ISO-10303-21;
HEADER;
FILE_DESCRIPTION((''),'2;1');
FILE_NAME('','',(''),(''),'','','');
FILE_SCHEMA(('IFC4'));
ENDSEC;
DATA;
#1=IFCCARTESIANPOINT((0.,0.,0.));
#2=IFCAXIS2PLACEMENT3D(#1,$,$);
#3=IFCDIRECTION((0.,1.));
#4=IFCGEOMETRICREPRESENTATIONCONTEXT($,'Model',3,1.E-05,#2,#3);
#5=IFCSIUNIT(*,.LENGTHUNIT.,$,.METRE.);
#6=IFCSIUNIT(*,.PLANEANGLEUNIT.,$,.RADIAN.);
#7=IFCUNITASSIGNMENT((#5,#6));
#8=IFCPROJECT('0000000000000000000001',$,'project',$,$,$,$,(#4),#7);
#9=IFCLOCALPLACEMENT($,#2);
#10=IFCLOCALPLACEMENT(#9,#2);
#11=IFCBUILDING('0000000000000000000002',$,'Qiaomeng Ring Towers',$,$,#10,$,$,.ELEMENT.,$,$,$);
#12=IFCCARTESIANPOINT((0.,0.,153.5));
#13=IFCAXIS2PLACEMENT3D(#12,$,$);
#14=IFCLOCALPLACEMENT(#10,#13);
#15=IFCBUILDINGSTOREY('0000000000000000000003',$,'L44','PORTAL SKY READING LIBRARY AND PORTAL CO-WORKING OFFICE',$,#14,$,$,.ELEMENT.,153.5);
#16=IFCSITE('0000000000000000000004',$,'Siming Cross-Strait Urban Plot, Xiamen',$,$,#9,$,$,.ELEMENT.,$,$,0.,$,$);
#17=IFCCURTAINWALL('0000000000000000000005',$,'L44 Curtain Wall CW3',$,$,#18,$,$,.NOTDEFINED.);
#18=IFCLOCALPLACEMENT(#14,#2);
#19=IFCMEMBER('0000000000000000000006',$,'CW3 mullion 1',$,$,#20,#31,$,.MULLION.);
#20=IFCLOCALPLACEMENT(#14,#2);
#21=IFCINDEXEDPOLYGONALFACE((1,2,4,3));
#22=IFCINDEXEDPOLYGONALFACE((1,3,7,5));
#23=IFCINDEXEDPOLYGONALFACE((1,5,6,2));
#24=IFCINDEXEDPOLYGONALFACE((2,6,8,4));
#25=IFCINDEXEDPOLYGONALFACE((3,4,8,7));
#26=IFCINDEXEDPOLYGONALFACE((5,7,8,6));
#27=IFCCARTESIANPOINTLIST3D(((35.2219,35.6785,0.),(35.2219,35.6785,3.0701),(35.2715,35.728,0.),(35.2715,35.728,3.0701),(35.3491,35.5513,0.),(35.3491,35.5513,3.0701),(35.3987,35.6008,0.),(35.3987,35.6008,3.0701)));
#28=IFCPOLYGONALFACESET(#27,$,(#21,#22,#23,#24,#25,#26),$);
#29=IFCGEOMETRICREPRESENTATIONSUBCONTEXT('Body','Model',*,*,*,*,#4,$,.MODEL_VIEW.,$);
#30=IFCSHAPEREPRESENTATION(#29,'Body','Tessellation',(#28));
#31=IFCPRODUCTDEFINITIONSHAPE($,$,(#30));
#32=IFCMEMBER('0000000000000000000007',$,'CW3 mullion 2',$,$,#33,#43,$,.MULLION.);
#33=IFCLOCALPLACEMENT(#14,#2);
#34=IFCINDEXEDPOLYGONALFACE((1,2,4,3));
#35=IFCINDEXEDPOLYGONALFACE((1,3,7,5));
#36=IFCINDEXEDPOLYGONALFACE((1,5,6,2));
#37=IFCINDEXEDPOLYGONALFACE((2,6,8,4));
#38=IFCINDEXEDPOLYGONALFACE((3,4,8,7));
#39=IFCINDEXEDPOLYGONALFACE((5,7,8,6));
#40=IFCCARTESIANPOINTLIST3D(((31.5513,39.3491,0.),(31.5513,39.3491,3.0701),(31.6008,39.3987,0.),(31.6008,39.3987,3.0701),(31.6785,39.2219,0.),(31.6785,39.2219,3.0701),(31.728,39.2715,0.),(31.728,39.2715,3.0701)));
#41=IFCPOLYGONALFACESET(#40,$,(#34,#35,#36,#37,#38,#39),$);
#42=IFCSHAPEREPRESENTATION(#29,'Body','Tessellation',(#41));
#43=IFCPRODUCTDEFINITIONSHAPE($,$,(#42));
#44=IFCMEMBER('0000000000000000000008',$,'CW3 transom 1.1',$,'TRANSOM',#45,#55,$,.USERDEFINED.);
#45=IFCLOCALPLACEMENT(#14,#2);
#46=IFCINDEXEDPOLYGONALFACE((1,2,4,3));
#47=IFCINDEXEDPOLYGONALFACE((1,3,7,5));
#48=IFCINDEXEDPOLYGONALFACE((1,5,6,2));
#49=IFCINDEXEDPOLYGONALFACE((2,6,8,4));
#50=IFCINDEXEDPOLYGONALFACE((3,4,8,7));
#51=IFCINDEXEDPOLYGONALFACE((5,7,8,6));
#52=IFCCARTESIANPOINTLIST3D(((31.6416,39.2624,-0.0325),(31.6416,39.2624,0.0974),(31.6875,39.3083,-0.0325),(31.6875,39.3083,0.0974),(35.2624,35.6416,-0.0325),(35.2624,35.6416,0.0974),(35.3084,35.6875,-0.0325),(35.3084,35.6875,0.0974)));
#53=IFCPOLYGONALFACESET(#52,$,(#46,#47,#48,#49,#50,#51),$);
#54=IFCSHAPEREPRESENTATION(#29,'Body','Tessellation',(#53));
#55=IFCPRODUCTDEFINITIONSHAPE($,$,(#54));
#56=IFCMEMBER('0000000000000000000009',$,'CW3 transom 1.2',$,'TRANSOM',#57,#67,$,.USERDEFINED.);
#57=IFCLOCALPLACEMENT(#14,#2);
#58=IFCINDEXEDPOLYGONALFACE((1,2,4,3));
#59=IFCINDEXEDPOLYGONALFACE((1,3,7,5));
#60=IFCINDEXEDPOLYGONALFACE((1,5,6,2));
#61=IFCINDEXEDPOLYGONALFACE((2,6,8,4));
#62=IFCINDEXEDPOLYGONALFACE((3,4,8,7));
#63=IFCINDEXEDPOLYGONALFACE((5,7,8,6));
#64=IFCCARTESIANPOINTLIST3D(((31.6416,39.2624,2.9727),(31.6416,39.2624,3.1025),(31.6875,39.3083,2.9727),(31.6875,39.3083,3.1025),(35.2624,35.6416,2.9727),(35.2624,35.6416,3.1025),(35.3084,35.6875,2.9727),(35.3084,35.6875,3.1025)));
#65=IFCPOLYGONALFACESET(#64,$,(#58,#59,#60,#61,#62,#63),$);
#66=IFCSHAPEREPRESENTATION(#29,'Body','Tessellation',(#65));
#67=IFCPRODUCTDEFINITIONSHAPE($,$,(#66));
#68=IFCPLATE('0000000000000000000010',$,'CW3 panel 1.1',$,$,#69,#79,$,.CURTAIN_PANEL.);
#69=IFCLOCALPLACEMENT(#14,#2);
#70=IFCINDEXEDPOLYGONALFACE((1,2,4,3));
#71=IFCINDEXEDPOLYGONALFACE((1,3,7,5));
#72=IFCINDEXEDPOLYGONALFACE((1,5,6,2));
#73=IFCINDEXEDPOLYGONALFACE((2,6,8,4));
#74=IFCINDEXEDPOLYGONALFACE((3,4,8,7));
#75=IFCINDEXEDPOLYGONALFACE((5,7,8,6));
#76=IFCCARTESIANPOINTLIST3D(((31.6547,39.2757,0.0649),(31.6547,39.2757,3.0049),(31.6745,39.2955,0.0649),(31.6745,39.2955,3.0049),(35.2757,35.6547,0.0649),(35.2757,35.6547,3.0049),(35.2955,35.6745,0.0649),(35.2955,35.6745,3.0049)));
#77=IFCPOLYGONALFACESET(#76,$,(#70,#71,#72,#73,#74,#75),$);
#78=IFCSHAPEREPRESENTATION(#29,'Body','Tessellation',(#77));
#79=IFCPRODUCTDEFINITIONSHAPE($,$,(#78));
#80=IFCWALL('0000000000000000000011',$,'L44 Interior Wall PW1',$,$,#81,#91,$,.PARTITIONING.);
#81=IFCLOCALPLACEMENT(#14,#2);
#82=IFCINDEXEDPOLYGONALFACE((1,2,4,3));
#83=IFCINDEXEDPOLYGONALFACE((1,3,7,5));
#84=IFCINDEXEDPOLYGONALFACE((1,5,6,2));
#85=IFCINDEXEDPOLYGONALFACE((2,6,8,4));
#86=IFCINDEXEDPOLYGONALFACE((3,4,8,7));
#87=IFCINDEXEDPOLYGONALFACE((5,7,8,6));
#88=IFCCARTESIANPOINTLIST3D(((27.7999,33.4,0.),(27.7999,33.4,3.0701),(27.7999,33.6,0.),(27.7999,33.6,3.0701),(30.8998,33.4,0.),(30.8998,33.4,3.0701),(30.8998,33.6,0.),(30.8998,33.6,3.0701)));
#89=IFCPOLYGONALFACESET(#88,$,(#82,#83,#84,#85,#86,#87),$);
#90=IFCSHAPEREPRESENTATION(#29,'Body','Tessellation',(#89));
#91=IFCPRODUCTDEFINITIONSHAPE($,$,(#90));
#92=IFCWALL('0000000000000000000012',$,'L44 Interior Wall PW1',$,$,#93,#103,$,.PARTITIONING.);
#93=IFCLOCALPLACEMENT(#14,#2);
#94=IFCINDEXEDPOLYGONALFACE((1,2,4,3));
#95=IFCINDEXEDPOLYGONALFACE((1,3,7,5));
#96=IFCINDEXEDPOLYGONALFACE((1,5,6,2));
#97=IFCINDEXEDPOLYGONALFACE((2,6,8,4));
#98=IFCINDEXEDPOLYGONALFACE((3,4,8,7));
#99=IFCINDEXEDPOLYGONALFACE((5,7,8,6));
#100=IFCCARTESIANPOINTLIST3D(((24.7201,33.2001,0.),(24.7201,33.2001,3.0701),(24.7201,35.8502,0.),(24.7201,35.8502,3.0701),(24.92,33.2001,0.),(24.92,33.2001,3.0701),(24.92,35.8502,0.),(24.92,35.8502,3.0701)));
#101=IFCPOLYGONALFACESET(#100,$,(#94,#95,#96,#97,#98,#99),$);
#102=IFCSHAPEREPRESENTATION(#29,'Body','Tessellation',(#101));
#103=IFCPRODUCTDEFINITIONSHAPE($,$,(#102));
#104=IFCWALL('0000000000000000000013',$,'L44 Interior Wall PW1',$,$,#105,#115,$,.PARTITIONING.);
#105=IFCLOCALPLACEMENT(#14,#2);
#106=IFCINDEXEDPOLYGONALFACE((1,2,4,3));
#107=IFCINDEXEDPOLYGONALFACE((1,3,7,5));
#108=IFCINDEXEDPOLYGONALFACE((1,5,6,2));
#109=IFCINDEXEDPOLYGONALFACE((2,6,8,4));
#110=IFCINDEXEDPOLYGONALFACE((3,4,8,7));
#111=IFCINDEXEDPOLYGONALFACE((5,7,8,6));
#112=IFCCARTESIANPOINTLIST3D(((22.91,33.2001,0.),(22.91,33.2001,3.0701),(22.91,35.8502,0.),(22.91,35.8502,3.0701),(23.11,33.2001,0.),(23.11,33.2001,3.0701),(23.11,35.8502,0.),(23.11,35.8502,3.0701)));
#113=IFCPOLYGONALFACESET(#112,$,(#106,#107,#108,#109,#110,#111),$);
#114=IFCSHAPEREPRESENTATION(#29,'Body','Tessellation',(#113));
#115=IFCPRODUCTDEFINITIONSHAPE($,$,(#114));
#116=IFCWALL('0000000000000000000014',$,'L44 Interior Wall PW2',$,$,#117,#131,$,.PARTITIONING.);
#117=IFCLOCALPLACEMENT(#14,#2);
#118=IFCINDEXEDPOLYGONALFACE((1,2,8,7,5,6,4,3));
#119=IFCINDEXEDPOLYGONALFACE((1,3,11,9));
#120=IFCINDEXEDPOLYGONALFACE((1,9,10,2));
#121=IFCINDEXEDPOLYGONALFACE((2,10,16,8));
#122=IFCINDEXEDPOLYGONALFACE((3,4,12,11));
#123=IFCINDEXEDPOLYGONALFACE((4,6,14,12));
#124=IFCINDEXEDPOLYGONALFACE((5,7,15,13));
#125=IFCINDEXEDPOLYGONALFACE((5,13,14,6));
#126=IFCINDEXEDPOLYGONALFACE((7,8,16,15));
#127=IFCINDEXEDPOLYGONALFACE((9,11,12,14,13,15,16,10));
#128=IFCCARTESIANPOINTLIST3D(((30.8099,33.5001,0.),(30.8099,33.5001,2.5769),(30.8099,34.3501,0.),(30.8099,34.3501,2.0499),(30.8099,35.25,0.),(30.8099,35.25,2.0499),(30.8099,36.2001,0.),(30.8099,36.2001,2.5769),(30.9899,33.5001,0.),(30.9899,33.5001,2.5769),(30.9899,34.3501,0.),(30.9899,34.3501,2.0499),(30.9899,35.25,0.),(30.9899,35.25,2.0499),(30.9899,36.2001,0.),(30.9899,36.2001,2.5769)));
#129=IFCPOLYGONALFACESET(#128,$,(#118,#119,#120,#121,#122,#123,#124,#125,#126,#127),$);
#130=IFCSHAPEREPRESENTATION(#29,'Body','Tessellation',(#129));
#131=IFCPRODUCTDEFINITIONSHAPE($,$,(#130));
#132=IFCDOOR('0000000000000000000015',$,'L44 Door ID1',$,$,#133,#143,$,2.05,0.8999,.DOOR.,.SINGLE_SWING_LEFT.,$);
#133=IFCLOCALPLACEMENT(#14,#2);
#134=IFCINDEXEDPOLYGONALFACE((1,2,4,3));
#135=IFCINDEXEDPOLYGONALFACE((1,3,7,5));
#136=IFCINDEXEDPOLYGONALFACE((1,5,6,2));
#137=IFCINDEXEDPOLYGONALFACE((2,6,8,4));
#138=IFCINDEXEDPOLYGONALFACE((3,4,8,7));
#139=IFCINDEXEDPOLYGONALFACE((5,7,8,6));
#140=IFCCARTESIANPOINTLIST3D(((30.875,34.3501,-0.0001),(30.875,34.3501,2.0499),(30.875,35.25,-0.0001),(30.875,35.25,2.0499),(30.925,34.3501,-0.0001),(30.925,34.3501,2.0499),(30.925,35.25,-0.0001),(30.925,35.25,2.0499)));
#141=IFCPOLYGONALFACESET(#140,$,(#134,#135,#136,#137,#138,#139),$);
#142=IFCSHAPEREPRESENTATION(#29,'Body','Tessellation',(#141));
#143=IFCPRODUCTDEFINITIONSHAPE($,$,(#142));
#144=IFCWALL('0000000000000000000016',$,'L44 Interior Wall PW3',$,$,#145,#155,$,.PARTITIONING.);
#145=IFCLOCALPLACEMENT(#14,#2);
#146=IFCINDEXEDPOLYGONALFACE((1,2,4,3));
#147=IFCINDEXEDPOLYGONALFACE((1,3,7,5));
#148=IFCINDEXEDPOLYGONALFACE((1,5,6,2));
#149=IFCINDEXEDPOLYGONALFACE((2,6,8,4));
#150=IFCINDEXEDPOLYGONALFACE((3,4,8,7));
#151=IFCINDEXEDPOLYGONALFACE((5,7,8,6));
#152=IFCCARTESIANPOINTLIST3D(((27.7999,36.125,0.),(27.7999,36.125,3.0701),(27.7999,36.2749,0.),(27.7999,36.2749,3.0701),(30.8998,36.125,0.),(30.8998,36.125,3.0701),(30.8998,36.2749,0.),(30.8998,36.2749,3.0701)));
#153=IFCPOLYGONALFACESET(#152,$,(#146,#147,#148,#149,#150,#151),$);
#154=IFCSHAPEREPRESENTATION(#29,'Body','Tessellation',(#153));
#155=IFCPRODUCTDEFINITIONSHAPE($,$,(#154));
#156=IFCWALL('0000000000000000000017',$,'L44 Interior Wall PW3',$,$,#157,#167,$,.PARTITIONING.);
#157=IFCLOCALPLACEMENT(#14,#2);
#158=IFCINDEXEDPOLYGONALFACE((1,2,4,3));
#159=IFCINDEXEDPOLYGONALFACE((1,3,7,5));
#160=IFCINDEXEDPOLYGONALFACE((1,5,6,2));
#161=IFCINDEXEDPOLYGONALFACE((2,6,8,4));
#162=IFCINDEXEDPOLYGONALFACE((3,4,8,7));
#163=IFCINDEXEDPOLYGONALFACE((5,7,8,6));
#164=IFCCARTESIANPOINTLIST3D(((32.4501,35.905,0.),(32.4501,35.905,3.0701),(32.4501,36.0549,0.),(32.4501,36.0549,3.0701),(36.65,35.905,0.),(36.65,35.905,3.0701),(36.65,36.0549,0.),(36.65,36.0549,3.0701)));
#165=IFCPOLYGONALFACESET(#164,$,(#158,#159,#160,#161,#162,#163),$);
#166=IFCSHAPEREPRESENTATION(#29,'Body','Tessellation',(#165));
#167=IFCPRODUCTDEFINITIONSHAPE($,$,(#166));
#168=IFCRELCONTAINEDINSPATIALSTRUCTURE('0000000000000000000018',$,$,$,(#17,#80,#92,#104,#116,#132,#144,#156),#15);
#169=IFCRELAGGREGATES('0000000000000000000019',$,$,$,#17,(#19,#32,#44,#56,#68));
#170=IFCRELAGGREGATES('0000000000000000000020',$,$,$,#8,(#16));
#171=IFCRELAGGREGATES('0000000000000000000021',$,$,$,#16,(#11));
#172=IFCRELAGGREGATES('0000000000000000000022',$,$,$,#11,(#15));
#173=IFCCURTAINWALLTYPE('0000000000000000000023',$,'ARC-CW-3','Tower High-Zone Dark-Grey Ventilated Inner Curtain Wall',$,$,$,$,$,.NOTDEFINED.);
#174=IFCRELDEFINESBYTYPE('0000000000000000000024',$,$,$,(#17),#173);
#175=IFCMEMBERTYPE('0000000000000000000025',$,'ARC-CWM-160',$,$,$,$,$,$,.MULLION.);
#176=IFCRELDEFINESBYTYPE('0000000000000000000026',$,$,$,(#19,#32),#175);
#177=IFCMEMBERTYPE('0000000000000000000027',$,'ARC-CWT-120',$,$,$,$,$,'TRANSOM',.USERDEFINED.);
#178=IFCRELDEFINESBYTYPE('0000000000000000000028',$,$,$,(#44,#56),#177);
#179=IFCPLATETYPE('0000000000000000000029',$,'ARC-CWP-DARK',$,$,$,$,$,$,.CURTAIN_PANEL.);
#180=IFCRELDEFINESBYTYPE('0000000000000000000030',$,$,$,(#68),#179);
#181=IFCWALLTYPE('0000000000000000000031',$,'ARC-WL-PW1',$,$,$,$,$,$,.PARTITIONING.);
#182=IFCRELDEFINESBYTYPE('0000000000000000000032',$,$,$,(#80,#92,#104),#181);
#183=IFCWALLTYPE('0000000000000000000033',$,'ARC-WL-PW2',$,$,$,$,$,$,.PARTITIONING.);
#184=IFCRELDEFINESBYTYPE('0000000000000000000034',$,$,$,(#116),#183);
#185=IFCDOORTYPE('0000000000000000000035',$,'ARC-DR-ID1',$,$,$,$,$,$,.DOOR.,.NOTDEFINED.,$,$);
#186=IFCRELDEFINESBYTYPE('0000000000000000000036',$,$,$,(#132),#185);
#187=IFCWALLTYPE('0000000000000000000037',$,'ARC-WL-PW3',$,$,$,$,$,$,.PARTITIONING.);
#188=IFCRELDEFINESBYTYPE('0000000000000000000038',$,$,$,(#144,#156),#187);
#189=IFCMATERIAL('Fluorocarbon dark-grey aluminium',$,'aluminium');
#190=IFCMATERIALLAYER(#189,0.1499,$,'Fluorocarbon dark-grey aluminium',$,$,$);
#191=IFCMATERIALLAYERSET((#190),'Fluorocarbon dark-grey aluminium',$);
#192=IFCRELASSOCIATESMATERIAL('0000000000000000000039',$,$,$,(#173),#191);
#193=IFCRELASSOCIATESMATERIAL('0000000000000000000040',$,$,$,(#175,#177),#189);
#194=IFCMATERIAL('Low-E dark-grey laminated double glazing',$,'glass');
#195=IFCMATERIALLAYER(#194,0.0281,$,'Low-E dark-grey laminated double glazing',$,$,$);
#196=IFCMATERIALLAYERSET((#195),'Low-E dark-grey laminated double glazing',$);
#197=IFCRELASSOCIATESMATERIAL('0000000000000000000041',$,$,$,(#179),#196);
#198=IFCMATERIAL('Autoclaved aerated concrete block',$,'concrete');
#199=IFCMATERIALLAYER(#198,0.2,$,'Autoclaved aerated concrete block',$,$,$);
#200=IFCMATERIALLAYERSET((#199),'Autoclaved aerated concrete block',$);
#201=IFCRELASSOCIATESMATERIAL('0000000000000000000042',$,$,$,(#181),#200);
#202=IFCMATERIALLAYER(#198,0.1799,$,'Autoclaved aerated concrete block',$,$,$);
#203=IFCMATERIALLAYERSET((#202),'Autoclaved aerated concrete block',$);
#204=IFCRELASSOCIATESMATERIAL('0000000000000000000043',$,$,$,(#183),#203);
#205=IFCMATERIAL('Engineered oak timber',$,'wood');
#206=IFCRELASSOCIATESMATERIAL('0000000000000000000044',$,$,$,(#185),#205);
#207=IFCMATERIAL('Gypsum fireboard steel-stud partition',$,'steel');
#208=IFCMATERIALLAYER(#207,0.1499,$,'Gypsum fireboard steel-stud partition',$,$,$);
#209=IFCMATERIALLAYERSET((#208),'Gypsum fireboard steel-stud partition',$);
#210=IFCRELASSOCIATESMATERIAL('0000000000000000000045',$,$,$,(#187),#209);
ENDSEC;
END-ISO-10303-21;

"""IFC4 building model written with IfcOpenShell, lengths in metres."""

from ifc_helpers import new_model, si_unit, direction, frame, frame_2d, origin, origin_2d, place, context, subcontext, project, spatial, rectangle, extrude, source, transform, mapped, material, layer, layer_set, material_profile, profile_set, type_object, element, fill, aggregate, save


model = new_model("IFC4")

# Units and contexts
model_context = context("Model", 3, precision=1e-05, world=origin(), true_north=direction((0.0, 1.0)))
body_context = subcontext(model_context, "Body", "Model", "MODEL_VIEW")
ifc_project = project(units=[si_unit("LENGTHUNIT", "METRE"), si_unit("PLANEANGLEUNIT", "RADIAN")], contexts=[model_context])

# Site, building, storey
site_placement = place(None, origin())
site = spatial("IfcSite", under=ifc_project, at=site_placement, Name="Siming Cross-Strait Urban Plot, Xiamen", CompositionType="ELEMENT", RefElevation=0.0)
building_placement = place(site_placement, origin())
building = spatial("IfcBuilding", under=site, at=building_placement, Name="Qiaomeng Ring Towers", CompositionType="ELEMENT")
storey_placement = place(building_placement, frame((0.0, 0.0, 153.5)))
storey = spatial("IfcBuildingStorey", under=building, at=storey_placement, Name="L44", Description="PORTAL SKY READING LIBRARY AND PORTAL CO-WORKING OFFICE", CompositionType="ELEMENT", Elevation=153.5)

# Curtain wall, members, plate
ifc_material_1 = material(Name="Fluorocarbon dark-grey aluminium", Category="aluminium")
ifc_layer_1 = layer(ifc_material_1, 0.1499, Name="Fluorocarbon dark-grey aluminium")
ifc_layer_set_1 = layer_set([ifc_layer_1], Name="Fluorocarbon dark-grey aluminium")
curtain_wall_type = type_object("IfcCurtainWallType", Name="ARC-CW-3", Description="Tower High-Zone Dark-Grey Ventilated Inner Curtain Wall", PredefinedType="NOTDEFINED", material=ifc_layer_set_1)
curtain_wall_placement = place(storey_placement, origin())
curtain_wall = element("IfcCurtainWall", 1, at=curtain_wall_placement, inside=storey, type_object=curtain_wall_type, Name="L44 Curtain Wall CW3", PredefinedType="NOTDEFINED")
ifc_material_profile_1 = material_profile(ifc_material_1, rectangle(XDim=0.0701, YDim=0.1799, at=origin_2d()), Name="ALU MULL 70x180")
ifc_profile_set_1 = profile_set([ifc_material_profile_1], Name="Fluorocarbon dark-grey aluminium")
member_type_1 = type_object("IfcMemberType", Name="ARC-CWM-160", PredefinedType="MULLION", material=ifc_profile_set_1)
shared_shape_1 = source(origin(), body_context, "Body", "SweptSolid", [
    extrude(rectangle(XDim=0.0701, YDim=0.1799, at=origin_2d()), origin(), (0.0, 0.0, 1.0), 3.0701),
])
member_1_placement = place(storey_placement, frame((35.3103, 35.6396, 0.0), z_axis=(0.0, 0.0, 1.0), x_axis=(-0.707107, -0.707107, 0.0)))
member_1 = element("IfcMember", 2, at=member_1_placement, type_object=member_type_1, Name="CW3 mullion 1", PredefinedType="MULLION", context=body_context, shape_type="MappedRepresentation", body=[
    mapped(shared_shape_1, transform((0.0, 0.0, 0.0), x_axis=(1.0, 0.0, 0.0), y_axis=(0.0, 1.0, 0.0), z_axis=(0.0, 0.0, 1.0), scale=1.0)),
])
member_2_placement = place(storey_placement, frame((31.6396, 39.3103, 0.0), z_axis=(0.0, 0.0, 1.0), x_axis=(-0.707107, -0.707107, 0.0)))
member_2 = element("IfcMember", 3, at=member_2_placement, type_object=member_type_1, Name="CW3 mullion 2", PredefinedType="MULLION", context=body_context, shape_type="MappedRepresentation", body=[
    mapped(shared_shape_1, transform((0.0, 0.0, 0.0), x_axis=(1.0, 0.0, 0.0), y_axis=(0.0, 1.0, 0.0), z_axis=(0.0, 0.0, 1.0), scale=1.0)),
])
ifc_material_profile_2 = material_profile(ifc_material_1, rectangle(XDim=0.0649, YDim=0.1299, at=origin_2d()), Name="ALU TRAN 65x130")
ifc_profile_set_2 = profile_set([ifc_material_profile_2], Name="Fluorocarbon dark-grey aluminium")
member_type_2 = type_object("IfcMemberType", Name="ARC-CWT-120", ElementType="TRANSOM", PredefinedType="USERDEFINED", material=ifc_profile_set_2)
shared_shape_2 = source(origin(), body_context, "Body", "SweptSolid", [
    extrude(rectangle(XDim=0.0649, YDim=0.1299, at=origin_2d()), origin(), (0.0, 0.0, 1.0), 5.1206),
])
member_3_placement = place(storey_placement, frame((35.2854, 35.6646, 0.0325), z_axis=(-0.707107, 0.707107, 0.0), x_axis=(-0.707107, -0.707107, 0.0)))
member_3 = element("IfcMember", 4, at=member_3_placement, type_object=member_type_2, Name="CW3 transom 1.1", ObjectType="TRANSOM", PredefinedType="USERDEFINED", context=body_context, shape_type="MappedRepresentation", body=[
    mapped(shared_shape_2, transform((0.0, 0.0, 0.0), x_axis=(1.0, 0.0, 0.0), y_axis=(0.0, 1.0, 0.0), z_axis=(0.0, 0.0, 1.0), scale=1.0)),
])
member_4_placement = place(storey_placement, frame((35.2854, 35.6646, 3.0376), z_axis=(-0.707107, 0.707107, 0.0), x_axis=(-0.707107, -0.707107, 0.0)))
member_4 = element("IfcMember", 5, at=member_4_placement, type_object=member_type_2, Name="CW3 transom 1.2", ObjectType="TRANSOM", PredefinedType="USERDEFINED", context=body_context, shape_type="MappedRepresentation", body=[
    mapped(shared_shape_2, transform((0.0, 0.0, 0.0), x_axis=(1.0, 0.0, 0.0), y_axis=(0.0, 1.0, 0.0), z_axis=(0.0, 0.0, 1.0), scale=1.0)),
])
ifc_material_2 = material(Name="Low-E dark-grey laminated double glazing", Category="glass")
ifc_layer_2 = layer(ifc_material_2, 0.0281, Name="Low-E dark-grey laminated double glazing")
ifc_layer_set_2 = layer_set([ifc_layer_2], Name="Low-E dark-grey laminated double glazing")
plate_type = type_object("IfcPlateType", Name="ARC-CWP-DARK", PredefinedType="CURTAIN_PANEL", material=ifc_layer_set_2)
shared_shape_3 = source(origin(), body_context, "Body", "SweptSolid", [
    extrude(rectangle(XDim=5.1208, YDim=0.0281, at=origin_2d()), origin(), (0.0, 0.0, 1.0), 2.9399),
])
plate_placement = place(storey_placement, frame((33.4751, 37.4751, 0.0649), z_axis=(0.0, 0.0, 1.0), x_axis=(-0.707107, 0.707107, 0.0)))
plate = element("IfcPlate", 6, at=plate_placement, type_object=plate_type, Name="CW3 panel 1.1", PredefinedType="CURTAIN_PANEL", context=body_context, shape_type="MappedRepresentation", body=[
    mapped(shared_shape_3, transform((0.0, 0.0, 0.0), x_axis=(1.0, 0.0, 0.0), y_axis=(0.0, 1.0, 0.0), z_axis=(0.0, 0.0, 1.0), scale=1.0)),
])
aggregate(curtain_wall, [member_1, member_2, member_3, member_4, plate])

# Walls
ifc_material_3 = material(Name="Autoclaved aerated concrete block", Category="concrete")
ifc_layer_3 = layer(ifc_material_3, 0.2, Name="Autoclaved aerated concrete block")
ifc_layer_set_3 = layer_set([ifc_layer_3], Name="Autoclaved aerated concrete block")
wall_type_1 = type_object("IfcWallType", Name="ARC-WL-PW1", PredefinedType="PARTITIONING", material=ifc_layer_set_3)
wall_1_placement = place(storey_placement, frame((27.8, 33.5, 0.0), z_axis=(0.0, 0.0, 1.0), x_axis=(1.0, 0.0, 0.0)))
element("IfcWall", 7, at=wall_1_placement, inside=storey, type_object=wall_type_1, Name="L44 Interior Wall PW1", PredefinedType="PARTITIONING", context=body_context, shape_type="SweptSolid", body=[
    extrude(rectangle(XDim=3.0999, YDim=0.2, at=frame_2d((1.5498, 0.0))), origin(), (0.0, 0.0, 1.0), 3.0701),
])
for number, where, z_axis, x_axis, name in (
    (8, (24.8201, 33.2, 0.0), (0.0, 0.0, 1.0), (0.0, 1.0, 0.0), "L44 Interior Wall PW1"),
    (9, (23.01, 33.2, 0.0), (0.0, 0.0, 1.0), (0.0, 1.0, 0.0), "L44 Interior Wall PW1"),
):
    element("IfcWall", number, at=place(storey_placement, frame(where, z_axis=z_axis, x_axis=x_axis)), inside=storey, type_object=wall_type_1, Name=name, PredefinedType="PARTITIONING", context=body_context, shape_type="SweptSolid", body=[
        extrude(rectangle(XDim=2.6501, YDim=0.2, at=frame_2d((1.3252, 0.0))), origin(), (0.0, 0.0, 1.0), 3.0701),
    ])

# Wall, opening, door
ifc_layer_4 = layer(ifc_material_3, 0.1799, Name="Autoclaved aerated concrete block")
ifc_layer_set_4 = layer_set([ifc_layer_4], Name="Autoclaved aerated concrete block")
wall_type_2 = type_object("IfcWallType", Name="ARC-WL-PW2", PredefinedType="PARTITIONING", material=ifc_layer_set_4)
wall_2_placement = place(storey_placement, frame((30.8999, 33.5, 0.0), z_axis=(0.0, 0.0, 1.0), x_axis=(0.0, 1.0, 0.0)))
wall_2 = element("IfcWall", 10, at=wall_2_placement, inside=storey, type_object=wall_type_2, Name="L44 Interior Wall PW2", PredefinedType="PARTITIONING", context=body_context, shape_type="SweptSolid", body=[
    extrude(rectangle(XDim=2.7, YDim=0.1799, at=frame_2d((1.3501, 0.0))), origin(), (0.0, 0.0, 1.0), 2.5769),
])
opening_placement = place(wall_2_placement, frame((0.8501, 0.0, 0.0)))
opening = element("IfcOpeningElement", 11, at=opening_placement, cuts=wall_2, PredefinedType="OPENING", context=body_context, shape_type="SweptSolid", body=[
    extrude(rectangle(XDim=0.8999, YDim=2.05, at=frame_2d((0.45, 1.0249))), frame((0.0, 0.0999, 0.0), z_axis=(0.0, -1.0, 0.0), x_axis=(1.0, 0.0, 0.0)), (0.0, 0.0, 1.0), 0.2),
])
ifc_material_4 = material(Name="Engineered oak timber", Category="wood")
door_type = type_object("IfcDoorType", Name="ARC-DR-ID1", OperationType="NOTDEFINED", PredefinedType="DOOR", material=ifc_material_4)
shared_shape_4 = source(origin(), body_context, "Body", "SweptSolid", [
    extrude(rectangle(XDim=0.8999, YDim=2.05, at=frame_2d((0.45, 1.0249))), frame((0.0, 0.0249, 0.0), z_axis=(0.0, -1.0, 0.0), x_axis=(1.0, 0.0, 0.0)), (0.0, 0.0, 1.0), 0.05),
])
door_placement = place(opening_placement, origin())
door = element("IfcDoor", 12, at=door_placement, inside=storey, type_object=door_type, Name="L44 Door ID1", OperationType="SINGLE_SWING_LEFT", OverallHeight=2.05, OverallWidth=0.8999, PredefinedType="DOOR", context=body_context, shape_type="MappedRepresentation", body=[
    mapped(shared_shape_4, transform((0.0, 0.0, 0.0), x_axis=(1.0, 0.0, 0.0), y_axis=(0.0, 1.0, 0.0), z_axis=(0.0, 0.0, 1.0), scale=1.0)),
])
fill(opening, door)

# Walls
ifc_material_5 = material(Name="Gypsum fireboard steel-stud partition", Category="steel")
ifc_layer_5 = layer(ifc_material_5, 0.1499, Name="Gypsum fireboard steel-stud partition")
ifc_layer_set_5 = layer_set([ifc_layer_5], Name="Gypsum fireboard steel-stud partition")
wall_type_3 = type_object("IfcWallType", Name="ARC-WL-PW3", PredefinedType="PARTITIONING", material=ifc_layer_set_5)
wall_3_placement = place(storey_placement, frame((27.8, 36.2, 0.0), z_axis=(0.0, 0.0, 1.0), x_axis=(1.0, 0.0, 0.0)))
element("IfcWall", 13, at=wall_3_placement, inside=storey, type_object=wall_type_3, Name="L44 Interior Wall PW3", PredefinedType="PARTITIONING", context=body_context, shape_type="SweptSolid", body=[
    extrude(rectangle(XDim=3.0999, YDim=0.1499, at=frame_2d((1.5498, 0.0))), origin(), (0.0, 0.0, 1.0), 3.0701),
])
wall_4_placement = place(storey_placement, frame((32.45, 35.98, 0.0), z_axis=(0.0, 0.0, 1.0), x_axis=(1.0, 0.0, 0.0)))
element("IfcWall", 14, at=wall_4_placement, inside=storey, type_object=wall_type_3, Name="L44 Interior Wall PW3", PredefinedType="PARTITIONING", context=body_context, shape_type="SweptSolid", body=[
    extrude(rectangle(XDim=4.2, YDim=0.1499, at=frame_2d((2.1001, 0.0))), origin(), (0.0, 0.0, 1.0), 3.0701),
])

save(model, "model.ifc")
